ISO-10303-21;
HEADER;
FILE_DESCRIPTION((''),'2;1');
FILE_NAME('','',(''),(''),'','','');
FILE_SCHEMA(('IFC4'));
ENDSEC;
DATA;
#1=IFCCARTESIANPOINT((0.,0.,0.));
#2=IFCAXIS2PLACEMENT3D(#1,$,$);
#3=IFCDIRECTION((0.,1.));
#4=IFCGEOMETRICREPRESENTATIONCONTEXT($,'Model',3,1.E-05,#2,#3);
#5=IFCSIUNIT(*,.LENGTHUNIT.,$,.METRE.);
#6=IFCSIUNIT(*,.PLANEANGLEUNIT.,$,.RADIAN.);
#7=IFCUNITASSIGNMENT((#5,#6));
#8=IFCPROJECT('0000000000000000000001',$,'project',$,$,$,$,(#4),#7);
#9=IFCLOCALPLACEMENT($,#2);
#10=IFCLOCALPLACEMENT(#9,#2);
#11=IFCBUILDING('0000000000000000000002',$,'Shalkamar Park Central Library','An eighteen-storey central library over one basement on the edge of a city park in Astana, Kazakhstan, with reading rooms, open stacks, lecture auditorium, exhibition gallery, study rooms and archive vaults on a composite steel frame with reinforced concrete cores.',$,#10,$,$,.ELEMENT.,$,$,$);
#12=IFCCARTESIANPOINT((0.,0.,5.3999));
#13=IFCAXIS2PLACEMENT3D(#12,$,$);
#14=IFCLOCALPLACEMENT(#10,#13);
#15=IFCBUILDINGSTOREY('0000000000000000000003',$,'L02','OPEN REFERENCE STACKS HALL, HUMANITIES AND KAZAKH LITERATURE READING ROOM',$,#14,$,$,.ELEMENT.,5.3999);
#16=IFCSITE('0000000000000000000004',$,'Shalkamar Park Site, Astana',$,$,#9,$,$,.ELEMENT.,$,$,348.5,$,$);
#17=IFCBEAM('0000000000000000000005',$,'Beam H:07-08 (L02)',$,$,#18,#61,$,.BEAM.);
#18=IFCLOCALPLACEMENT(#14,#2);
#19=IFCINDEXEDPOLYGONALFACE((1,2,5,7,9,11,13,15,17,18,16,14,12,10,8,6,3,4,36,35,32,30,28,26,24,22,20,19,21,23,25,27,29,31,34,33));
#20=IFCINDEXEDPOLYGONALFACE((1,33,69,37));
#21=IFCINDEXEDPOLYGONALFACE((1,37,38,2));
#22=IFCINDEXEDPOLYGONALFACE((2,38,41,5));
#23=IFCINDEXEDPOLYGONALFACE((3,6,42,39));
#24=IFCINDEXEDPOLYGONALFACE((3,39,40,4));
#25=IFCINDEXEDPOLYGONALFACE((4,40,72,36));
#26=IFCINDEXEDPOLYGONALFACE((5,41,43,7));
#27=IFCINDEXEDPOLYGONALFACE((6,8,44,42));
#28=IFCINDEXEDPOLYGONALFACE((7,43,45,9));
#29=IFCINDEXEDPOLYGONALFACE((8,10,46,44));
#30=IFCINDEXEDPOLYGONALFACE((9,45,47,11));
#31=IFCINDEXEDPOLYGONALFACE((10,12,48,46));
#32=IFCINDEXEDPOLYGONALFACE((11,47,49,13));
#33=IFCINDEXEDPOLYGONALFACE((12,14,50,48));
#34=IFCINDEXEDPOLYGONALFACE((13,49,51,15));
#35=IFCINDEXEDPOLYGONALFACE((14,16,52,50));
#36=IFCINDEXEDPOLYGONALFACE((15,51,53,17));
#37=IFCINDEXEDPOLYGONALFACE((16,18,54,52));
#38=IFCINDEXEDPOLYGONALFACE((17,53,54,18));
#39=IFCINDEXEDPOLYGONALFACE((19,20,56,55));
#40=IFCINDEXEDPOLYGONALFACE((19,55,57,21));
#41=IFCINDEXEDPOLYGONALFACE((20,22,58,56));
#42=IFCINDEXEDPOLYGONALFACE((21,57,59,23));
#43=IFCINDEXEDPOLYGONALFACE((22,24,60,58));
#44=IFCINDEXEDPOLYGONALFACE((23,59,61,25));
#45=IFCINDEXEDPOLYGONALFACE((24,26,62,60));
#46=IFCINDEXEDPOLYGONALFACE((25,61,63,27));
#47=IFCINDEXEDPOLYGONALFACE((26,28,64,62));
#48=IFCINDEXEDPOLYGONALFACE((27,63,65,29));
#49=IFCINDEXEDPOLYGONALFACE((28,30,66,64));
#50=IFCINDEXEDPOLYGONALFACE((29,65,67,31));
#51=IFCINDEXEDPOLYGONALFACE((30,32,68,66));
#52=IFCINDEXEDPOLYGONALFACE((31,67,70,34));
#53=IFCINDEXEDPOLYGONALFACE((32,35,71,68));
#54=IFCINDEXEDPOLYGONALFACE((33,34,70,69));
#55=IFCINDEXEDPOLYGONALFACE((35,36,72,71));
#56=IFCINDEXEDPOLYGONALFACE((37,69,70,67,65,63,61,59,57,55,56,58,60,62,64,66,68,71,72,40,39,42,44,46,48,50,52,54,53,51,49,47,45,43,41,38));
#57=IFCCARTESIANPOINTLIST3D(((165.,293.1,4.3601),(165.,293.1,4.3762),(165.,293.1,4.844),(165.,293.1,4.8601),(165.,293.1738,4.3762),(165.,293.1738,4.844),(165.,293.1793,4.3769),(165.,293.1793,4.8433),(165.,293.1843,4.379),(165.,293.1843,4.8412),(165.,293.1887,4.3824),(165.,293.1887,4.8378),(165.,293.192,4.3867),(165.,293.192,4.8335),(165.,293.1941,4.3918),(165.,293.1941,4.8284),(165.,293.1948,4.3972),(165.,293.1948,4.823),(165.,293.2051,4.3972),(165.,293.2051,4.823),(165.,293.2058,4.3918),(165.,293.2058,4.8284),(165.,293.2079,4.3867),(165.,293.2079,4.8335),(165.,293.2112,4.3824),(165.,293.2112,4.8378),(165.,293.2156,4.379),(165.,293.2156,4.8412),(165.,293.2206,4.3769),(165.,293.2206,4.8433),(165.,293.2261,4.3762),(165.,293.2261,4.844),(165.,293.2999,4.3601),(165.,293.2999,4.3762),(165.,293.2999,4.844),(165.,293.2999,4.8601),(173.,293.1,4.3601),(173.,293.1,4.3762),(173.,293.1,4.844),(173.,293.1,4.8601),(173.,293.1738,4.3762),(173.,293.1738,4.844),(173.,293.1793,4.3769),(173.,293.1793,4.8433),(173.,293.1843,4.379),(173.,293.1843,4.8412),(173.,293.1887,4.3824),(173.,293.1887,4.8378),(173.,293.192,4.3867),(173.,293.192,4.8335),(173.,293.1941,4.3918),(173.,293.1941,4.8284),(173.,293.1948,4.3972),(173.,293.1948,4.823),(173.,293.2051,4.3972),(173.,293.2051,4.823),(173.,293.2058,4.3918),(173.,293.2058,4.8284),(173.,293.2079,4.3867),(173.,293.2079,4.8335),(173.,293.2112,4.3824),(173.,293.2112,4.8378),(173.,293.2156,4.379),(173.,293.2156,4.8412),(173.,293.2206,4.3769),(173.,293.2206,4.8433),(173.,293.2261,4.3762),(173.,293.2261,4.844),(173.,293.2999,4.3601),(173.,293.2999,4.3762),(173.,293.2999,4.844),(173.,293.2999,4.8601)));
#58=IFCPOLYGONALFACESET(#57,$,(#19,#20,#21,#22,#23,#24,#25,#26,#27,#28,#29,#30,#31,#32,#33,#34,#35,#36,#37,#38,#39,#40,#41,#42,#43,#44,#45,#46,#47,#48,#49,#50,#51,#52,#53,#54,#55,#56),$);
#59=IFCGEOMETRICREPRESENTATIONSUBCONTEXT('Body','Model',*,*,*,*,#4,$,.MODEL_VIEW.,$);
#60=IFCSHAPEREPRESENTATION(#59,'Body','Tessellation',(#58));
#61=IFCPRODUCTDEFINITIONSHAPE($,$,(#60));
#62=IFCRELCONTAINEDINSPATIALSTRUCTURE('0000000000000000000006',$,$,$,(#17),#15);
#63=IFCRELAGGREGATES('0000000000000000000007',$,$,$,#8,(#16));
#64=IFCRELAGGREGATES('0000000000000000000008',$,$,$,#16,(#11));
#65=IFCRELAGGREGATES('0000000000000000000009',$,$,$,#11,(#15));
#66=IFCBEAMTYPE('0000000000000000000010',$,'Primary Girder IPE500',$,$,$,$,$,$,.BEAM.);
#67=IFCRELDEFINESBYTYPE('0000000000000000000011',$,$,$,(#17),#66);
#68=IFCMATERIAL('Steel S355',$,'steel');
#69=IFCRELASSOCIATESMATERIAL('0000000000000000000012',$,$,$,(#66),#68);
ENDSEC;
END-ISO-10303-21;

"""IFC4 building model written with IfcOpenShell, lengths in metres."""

from ifc_helpers import new_model, si_unit, direction, frame, origin, origin_2d, place, context, subcontext, project, spatial, i_section, extrude, material, material_profile, profile_set, type_object, element, save


model = new_model("IFC4")

# Units and contexts
model_context = context("Model", 3, precision=1e-05, world=origin(), true_north=direction((0.0, 1.0)))
body_context = subcontext(model_context, "Body", "Model", "MODEL_VIEW")
ifc_project = project(units=[si_unit("LENGTHUNIT", "METRE"), si_unit("PLANEANGLEUNIT", "RADIAN")], contexts=[model_context])

# Site, building, storey
site_placement = place(None, origin())
site = spatial("IfcSite", under=ifc_project, at=site_placement, Name="Shalkamar Park Site, Astana", CompositionType="ELEMENT", RefElevation=348.5)
building_placement = place(site_placement, origin())
building = spatial("IfcBuilding", under=site, at=building_placement, Name="Shalkamar Park Central Library", Description="An eighteen-storey central library over one basement on the edge of a city park in Astana, Kazakhstan, with reading rooms, open stacks, lecture auditorium, exhibition gallery, study rooms and archive vaults on a composite steel frame with reinforced concrete cores.", CompositionType="ELEMENT")
storey_placement = place(building_placement, frame((0.0, 0.0, 5.3999)))
storey = spatial("IfcBuildingStorey", under=building, at=storey_placement, Name="L02", Description="OPEN REFERENCE STACKS HALL, HUMANITIES AND KAZAKH LITERATURE READING ROOM", CompositionType="ELEMENT", Elevation=5.3999)

# Shared definitions
ifc_material = material(Name="Steel S355", Category="steel")

# Beam
ifc_material_profile_1 = material_profile(ifc_material, i_section(OverallWidth=0.2, OverallDepth=0.5, WebThickness=0.0103, FlangeThickness=0.0161, FilletRadius=0.021, at=origin_2d()), Name="IPE 500")
ifc_profile_set_1 = profile_set([ifc_material_profile_1], Name="Steel S355")
beam_type_1 = type_object("IfcBeamType", Name="Primary Girder IPE500", PredefinedType="BEAM", material=ifc_profile_set_1)
for number, where, z_axis, x_axis, name in (
    (1, (165.0, 293.2, 4.6101), (1.0, 0.0, 0.0), (0.0, 1.0, 0.0), "Beam H:07-08 (L02)"),
):
    element("IfcBeam", number, at=place(storey_placement, frame(where, z_axis=z_axis, x_axis=x_axis)), inside=storey, type_object=beam_type_1, Name=name, PredefinedType="BEAM", context=body_context, shape_type="SweptSolid", body=[
        extrude(i_section(OverallWidth=0.2, OverallDepth=0.5, WebThickness=0.0103, FlangeThickness=0.0161, FilletRadius=0.021, at=origin_2d()), origin(), (0.0, 0.0, 1.0), 8.0),
    ])

save(model, "model.ifc")
